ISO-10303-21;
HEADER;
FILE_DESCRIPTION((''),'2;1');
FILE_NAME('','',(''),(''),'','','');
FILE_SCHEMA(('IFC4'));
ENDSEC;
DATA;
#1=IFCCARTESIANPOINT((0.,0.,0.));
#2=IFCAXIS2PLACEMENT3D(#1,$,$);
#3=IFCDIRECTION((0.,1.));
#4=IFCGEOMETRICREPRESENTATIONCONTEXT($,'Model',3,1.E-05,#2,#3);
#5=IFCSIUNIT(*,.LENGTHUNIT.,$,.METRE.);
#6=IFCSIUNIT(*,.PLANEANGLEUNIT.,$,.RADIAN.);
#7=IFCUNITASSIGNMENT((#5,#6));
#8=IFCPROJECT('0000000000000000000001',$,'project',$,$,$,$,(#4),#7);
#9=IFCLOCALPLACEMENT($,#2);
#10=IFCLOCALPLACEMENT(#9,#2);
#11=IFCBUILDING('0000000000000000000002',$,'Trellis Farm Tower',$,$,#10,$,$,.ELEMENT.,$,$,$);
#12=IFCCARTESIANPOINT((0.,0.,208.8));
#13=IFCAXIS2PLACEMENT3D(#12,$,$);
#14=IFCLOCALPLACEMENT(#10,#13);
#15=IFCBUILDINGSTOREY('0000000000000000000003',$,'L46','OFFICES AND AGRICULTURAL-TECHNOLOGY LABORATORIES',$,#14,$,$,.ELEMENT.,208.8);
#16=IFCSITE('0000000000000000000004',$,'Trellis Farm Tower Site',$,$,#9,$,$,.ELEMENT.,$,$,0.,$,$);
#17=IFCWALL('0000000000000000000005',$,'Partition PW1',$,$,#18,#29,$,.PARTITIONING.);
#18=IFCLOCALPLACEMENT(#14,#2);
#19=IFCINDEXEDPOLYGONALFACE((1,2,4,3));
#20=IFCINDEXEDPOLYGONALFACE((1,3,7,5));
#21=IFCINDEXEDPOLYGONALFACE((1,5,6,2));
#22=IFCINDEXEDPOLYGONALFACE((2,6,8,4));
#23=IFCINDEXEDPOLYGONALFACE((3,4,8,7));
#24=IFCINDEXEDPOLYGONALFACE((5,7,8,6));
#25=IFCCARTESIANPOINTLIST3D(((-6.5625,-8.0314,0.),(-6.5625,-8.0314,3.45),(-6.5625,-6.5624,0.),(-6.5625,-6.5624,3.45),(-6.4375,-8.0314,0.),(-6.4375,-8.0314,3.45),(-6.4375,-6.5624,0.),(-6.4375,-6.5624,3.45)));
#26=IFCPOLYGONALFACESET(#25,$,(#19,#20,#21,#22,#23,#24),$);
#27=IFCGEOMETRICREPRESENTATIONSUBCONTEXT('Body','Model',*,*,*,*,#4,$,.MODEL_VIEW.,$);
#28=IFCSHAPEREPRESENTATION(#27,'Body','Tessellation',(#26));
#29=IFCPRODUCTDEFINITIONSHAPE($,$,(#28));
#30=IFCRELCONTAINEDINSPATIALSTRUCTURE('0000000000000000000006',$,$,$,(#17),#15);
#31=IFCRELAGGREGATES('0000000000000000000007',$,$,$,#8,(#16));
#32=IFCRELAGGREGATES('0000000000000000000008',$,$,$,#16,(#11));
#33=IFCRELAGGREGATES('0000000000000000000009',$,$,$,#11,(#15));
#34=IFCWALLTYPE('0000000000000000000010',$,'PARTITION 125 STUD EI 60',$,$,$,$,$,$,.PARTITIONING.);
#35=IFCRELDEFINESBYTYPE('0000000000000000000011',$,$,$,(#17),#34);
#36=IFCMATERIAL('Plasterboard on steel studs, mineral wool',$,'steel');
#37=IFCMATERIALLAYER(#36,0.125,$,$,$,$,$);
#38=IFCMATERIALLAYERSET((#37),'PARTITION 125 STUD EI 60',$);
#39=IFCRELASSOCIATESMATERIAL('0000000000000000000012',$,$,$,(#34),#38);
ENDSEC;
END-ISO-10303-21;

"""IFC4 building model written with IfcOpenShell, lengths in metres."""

from ifc_helpers import new_model, si_unit, direction, frame, frame_2d, origin, place, context, subcontext, project, spatial, rectangle, extrude, source, transform, mapped, material, layer, layer_set, type_object, element, save


model = new_model("IFC4")

# Units and contexts
model_context = context("Model", 3, precision=1e-05, world=origin(), true_north=direction((0.0, 1.0)))
body_context = subcontext(model_context, "Body", "Model", "MODEL_VIEW")
ifc_project = project(units=[si_unit("LENGTHUNIT", "METRE"), si_unit("PLANEANGLEUNIT", "RADIAN")], contexts=[model_context])

# Site, building, storey
site_placement = place(None, origin())
site = spatial("IfcSite", under=ifc_project, at=site_placement, Name="Trellis Farm Tower Site", CompositionType="ELEMENT", RefElevation=0.0)
building_placement = place(site_placement, origin())
building = spatial("IfcBuilding", under=site, at=building_placement, Name="Trellis Farm Tower", CompositionType="ELEMENT")
storey_placement = place(building_placement, frame((0.0, 0.0, 208.8)))
storey = spatial("IfcBuildingStorey", under=building, at=storey_placement, Name="L46", Description="OFFICES AND AGRICULTURAL-TECHNOLOGY LABORATORIES", CompositionType="ELEMENT", Elevation=208.8)

# Wall
ifc_material_1 = material(Name="Plasterboard on steel studs, mineral wool", Category="steel")
ifc_layer_1 = layer(ifc_material_1, 0.125)
ifc_layer_set_1 = layer_set([ifc_layer_1], Name="PARTITION 125 STUD EI 60")
wall_type_1 = type_object("IfcWallType", Name="PARTITION 125 STUD EI 60", PredefinedType="PARTITIONING", material=ifc_layer_set_1)
shared_shape_1 = source(origin(), body_context, "Body", "SweptSolid", [
    extrude(rectangle(XDim=1.469, YDim=0.125, at=frame_2d((0.7344, 0.0))), origin(), (0.0, 0.0, 1.0), 3.45),
])
wall_1_placement = place(storey_placement, frame((-6.5, -6.5625, 0.0), z_axis=(0.0, 0.0, 1.0), x_axis=(0.0, -1.0, 0.0)))
element("IfcWall", 1, at=wall_1_placement, inside=storey, type_object=wall_type_1, Name="Partition PW1", PredefinedType="PARTITIONING", context=body_context, shape_type="MappedRepresentation", body=[
    mapped(shared_shape_1, transform((0.0, 0.0, 0.0))),
])

save(model, "model.ifc")
